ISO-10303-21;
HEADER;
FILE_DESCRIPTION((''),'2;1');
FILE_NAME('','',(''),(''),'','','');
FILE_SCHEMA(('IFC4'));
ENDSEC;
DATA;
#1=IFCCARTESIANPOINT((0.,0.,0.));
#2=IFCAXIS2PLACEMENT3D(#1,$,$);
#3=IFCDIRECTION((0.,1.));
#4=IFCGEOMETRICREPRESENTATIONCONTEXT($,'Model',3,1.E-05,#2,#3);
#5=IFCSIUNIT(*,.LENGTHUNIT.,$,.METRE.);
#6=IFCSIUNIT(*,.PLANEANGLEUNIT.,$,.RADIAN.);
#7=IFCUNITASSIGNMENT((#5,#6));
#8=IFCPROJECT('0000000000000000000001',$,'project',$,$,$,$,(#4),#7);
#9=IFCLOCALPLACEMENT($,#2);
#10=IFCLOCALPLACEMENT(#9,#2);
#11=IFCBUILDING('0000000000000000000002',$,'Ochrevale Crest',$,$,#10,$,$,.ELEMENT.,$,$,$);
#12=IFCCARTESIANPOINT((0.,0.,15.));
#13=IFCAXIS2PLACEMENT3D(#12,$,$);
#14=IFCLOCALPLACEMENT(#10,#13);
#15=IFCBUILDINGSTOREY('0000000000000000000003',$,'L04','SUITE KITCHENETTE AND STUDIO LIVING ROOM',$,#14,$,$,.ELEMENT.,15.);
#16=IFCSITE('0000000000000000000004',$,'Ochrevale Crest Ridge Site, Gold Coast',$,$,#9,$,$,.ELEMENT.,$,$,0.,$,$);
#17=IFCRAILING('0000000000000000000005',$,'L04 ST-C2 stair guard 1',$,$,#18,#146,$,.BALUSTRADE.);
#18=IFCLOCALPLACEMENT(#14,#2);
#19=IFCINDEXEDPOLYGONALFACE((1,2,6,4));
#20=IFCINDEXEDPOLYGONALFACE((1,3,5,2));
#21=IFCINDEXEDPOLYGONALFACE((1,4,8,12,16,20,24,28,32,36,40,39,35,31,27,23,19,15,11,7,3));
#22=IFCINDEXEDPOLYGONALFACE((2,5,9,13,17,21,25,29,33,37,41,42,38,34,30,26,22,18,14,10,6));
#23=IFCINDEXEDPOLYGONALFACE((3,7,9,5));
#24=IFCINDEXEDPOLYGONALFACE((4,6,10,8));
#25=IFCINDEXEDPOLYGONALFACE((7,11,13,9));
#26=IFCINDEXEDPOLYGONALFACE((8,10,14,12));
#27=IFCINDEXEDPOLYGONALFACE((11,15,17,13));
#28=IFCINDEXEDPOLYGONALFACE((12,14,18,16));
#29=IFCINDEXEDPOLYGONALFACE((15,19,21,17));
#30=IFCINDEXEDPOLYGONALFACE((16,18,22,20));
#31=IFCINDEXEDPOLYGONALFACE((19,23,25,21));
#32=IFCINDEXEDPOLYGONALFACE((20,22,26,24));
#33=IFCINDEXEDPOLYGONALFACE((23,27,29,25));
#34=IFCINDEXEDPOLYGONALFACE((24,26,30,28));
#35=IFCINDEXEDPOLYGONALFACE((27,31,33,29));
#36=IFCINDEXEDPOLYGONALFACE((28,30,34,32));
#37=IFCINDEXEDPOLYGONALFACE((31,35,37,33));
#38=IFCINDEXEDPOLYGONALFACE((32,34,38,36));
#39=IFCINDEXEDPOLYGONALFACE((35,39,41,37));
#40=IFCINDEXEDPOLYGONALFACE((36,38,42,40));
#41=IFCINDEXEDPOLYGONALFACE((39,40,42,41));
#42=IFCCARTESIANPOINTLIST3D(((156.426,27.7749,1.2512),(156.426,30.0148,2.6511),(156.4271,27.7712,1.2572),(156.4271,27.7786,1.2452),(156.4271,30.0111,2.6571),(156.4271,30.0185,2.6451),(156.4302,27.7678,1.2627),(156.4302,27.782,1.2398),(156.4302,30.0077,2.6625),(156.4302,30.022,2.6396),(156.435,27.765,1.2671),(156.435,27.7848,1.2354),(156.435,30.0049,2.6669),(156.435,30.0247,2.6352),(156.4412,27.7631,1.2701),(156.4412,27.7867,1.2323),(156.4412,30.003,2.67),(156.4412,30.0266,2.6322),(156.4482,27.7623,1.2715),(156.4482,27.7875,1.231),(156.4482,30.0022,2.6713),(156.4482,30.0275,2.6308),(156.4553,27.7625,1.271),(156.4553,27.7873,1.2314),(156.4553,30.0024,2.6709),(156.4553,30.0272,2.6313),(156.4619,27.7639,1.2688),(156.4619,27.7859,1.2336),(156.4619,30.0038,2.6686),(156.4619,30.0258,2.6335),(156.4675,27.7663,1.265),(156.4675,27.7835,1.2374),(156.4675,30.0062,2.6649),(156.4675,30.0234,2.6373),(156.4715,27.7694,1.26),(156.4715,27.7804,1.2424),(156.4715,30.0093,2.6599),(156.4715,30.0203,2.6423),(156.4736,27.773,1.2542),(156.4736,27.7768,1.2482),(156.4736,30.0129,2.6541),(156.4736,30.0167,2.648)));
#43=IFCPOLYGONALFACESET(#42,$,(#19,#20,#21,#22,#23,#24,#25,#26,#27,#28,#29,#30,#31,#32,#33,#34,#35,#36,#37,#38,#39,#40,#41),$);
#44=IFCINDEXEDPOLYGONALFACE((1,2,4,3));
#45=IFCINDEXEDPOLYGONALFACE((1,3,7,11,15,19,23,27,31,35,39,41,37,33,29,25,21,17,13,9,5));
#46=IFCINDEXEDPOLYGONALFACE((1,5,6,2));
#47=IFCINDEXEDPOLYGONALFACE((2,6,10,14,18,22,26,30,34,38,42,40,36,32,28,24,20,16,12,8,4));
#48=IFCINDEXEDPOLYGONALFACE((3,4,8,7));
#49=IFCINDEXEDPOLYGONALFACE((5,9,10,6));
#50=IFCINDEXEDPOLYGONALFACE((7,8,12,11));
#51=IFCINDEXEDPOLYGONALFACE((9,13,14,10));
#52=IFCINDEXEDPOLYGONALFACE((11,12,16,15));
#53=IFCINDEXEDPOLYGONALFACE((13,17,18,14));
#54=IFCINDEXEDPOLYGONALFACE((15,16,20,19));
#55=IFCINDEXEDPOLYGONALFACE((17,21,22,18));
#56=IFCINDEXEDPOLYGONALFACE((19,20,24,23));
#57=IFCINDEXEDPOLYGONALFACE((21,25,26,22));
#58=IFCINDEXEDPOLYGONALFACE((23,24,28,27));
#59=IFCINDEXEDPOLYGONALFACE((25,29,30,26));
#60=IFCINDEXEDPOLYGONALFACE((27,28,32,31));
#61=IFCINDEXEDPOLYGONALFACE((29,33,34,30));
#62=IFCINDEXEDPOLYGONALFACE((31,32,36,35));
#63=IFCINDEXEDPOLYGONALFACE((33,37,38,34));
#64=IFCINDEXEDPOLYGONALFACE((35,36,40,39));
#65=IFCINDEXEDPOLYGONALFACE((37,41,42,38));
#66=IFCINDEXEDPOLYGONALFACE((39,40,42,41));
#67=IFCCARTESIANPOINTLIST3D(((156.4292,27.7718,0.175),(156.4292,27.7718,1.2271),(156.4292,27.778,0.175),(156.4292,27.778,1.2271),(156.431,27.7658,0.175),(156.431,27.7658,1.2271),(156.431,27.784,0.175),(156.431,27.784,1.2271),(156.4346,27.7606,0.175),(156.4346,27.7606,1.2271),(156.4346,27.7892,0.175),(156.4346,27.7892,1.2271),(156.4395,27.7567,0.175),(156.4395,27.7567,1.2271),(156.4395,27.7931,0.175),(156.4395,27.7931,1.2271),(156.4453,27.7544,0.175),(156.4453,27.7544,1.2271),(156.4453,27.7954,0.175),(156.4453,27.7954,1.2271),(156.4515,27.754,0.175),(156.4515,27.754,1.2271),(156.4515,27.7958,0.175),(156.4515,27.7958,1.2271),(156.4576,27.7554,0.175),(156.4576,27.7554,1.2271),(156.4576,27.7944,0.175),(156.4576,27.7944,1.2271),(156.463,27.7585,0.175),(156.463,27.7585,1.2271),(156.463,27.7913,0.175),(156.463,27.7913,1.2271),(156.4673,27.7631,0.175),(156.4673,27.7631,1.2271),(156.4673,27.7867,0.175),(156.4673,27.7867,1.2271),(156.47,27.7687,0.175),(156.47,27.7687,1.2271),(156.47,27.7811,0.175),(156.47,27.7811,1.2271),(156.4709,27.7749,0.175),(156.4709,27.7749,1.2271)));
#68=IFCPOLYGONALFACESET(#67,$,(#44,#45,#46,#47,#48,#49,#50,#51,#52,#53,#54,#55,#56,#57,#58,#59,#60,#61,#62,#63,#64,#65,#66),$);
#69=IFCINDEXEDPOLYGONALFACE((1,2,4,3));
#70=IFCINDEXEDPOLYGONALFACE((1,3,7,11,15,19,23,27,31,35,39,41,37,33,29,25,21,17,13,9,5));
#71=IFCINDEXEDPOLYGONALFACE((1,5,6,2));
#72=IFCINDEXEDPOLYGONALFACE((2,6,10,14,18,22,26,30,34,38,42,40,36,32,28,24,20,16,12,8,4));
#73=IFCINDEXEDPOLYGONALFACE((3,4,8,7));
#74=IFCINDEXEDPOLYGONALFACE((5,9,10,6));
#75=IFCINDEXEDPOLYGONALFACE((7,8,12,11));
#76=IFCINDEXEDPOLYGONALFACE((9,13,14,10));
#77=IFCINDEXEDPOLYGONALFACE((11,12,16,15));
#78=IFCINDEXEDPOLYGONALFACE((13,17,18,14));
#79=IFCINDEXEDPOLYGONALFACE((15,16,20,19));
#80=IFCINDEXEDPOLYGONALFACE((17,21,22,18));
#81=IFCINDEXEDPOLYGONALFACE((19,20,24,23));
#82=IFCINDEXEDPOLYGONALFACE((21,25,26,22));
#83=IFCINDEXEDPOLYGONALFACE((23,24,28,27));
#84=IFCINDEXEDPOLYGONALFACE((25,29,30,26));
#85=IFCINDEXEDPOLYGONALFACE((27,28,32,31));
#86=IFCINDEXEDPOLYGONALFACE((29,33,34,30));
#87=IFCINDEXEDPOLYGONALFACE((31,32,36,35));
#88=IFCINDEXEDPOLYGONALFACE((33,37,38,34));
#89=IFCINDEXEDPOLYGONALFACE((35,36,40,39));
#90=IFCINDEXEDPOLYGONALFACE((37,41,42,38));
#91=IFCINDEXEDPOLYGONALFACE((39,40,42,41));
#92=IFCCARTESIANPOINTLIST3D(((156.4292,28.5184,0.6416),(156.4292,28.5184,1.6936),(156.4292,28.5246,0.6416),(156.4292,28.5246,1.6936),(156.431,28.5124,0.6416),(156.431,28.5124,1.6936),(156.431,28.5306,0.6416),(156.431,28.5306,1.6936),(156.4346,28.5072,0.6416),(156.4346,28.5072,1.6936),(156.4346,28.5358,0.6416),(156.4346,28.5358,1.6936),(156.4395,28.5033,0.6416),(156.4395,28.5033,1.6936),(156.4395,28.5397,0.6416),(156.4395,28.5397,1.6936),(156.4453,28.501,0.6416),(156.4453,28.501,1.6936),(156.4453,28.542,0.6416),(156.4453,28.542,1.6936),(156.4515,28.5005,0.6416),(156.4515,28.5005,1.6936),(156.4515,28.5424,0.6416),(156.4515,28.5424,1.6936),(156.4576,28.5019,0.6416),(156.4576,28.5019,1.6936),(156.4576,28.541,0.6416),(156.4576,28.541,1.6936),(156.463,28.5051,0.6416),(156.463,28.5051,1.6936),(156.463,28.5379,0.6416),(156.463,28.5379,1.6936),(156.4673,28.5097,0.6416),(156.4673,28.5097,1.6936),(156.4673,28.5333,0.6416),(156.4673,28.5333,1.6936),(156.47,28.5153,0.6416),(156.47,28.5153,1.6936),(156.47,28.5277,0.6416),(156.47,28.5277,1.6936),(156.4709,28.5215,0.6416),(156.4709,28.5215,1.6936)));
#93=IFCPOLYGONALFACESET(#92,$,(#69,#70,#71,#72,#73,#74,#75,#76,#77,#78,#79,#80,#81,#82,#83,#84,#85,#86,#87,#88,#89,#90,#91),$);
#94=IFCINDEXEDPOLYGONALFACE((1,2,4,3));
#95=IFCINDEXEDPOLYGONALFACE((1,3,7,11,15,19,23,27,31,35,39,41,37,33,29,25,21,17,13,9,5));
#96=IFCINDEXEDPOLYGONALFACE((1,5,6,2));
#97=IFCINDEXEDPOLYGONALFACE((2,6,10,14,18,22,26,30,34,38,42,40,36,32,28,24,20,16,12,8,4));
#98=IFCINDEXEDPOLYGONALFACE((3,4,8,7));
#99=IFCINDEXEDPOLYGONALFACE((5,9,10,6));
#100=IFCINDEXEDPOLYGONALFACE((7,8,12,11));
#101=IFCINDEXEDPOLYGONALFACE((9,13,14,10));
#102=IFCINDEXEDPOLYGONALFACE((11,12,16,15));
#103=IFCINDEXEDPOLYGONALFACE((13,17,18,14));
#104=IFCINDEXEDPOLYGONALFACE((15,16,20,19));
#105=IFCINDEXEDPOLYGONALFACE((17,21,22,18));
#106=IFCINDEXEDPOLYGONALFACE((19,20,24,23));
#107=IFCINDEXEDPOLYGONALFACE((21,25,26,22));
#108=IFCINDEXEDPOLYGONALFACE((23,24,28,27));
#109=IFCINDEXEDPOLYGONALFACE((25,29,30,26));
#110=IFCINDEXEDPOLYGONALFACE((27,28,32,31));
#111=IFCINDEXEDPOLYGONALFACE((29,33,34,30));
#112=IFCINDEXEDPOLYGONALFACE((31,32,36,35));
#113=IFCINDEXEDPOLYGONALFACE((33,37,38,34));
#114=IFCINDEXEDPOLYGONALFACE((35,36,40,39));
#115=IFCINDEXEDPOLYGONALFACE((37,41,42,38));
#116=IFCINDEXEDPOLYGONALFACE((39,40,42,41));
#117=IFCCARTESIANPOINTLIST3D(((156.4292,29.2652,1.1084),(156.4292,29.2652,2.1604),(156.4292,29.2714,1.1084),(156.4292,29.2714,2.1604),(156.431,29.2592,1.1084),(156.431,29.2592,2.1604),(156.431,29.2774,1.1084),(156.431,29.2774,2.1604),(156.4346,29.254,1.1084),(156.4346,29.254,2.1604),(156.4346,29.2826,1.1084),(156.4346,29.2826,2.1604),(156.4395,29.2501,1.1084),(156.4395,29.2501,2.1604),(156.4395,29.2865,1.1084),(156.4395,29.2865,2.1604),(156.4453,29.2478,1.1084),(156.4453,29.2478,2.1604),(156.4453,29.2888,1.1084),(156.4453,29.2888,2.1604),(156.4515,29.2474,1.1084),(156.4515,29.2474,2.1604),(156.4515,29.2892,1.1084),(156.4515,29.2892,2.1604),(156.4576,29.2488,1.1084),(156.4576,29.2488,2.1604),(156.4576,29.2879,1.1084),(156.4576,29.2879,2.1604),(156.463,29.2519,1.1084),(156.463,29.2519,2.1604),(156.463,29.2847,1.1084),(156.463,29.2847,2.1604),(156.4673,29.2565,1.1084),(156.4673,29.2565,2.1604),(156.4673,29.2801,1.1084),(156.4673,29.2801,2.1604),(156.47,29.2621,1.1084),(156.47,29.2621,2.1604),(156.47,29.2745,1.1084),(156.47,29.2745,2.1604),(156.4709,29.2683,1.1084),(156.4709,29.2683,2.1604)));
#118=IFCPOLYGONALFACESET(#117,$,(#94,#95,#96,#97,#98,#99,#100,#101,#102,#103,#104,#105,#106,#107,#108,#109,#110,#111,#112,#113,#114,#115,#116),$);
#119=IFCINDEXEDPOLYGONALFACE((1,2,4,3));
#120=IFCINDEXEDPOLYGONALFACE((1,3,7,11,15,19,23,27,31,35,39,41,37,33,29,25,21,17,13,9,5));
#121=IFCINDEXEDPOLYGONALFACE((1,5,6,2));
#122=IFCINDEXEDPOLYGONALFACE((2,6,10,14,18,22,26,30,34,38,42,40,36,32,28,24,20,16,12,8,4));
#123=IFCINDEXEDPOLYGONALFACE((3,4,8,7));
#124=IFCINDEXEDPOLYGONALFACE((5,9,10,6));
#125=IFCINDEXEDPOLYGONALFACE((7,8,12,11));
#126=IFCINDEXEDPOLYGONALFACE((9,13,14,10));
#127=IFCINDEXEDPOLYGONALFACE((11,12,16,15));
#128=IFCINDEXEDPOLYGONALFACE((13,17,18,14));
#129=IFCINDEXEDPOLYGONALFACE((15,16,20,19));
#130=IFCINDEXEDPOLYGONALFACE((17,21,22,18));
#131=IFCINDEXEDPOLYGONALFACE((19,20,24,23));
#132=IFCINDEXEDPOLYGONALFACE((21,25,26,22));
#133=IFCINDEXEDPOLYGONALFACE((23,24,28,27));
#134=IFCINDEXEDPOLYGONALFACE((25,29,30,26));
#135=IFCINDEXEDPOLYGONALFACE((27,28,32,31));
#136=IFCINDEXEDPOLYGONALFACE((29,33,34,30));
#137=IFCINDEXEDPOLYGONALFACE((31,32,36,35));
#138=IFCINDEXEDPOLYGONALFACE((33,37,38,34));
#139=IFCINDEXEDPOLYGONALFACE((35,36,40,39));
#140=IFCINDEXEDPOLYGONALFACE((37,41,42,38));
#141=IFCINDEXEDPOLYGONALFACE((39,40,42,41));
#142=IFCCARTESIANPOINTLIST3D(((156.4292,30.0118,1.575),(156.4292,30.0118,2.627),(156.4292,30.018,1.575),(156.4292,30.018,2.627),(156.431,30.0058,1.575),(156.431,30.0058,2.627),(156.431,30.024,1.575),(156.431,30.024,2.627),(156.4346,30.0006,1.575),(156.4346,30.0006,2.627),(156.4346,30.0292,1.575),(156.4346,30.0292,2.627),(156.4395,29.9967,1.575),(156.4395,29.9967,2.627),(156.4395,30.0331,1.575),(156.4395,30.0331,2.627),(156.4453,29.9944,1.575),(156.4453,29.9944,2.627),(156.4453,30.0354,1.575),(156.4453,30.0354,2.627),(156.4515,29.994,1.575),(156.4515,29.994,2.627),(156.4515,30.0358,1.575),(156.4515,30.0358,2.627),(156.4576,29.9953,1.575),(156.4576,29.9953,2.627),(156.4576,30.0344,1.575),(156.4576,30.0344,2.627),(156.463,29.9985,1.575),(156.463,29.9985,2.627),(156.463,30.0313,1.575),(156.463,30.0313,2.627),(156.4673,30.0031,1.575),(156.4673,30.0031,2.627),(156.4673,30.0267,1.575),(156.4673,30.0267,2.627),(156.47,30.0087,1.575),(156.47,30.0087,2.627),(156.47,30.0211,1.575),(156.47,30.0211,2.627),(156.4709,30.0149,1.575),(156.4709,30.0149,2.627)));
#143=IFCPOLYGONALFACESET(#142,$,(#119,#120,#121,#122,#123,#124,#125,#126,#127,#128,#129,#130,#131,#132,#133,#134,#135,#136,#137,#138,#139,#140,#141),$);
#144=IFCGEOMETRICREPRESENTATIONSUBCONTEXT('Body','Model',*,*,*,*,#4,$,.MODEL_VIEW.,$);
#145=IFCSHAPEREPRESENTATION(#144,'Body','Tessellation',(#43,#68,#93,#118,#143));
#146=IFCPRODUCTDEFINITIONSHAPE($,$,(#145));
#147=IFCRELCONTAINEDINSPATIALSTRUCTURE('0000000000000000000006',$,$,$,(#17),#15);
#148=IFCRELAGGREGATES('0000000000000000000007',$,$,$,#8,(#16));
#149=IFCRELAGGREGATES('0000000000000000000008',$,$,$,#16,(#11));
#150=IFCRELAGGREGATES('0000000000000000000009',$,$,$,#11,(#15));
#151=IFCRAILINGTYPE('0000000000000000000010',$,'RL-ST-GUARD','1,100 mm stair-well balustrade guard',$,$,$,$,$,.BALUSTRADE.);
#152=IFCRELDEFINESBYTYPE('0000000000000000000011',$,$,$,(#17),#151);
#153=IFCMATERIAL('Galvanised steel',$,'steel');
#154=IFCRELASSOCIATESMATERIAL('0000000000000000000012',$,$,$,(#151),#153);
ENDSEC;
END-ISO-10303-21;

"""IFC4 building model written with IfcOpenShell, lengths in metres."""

from ifc_helpers import new_model, si_unit, direction, frame, origin, origin_2d, place, context, subcontext, project, spatial, circle, extrude, material, type_object, element, save


model = new_model("IFC4")

# Units and contexts
model_context = context("Model", 3, precision=1e-05, world=origin(), true_north=direction((0.0, 1.0)))
body_context = subcontext(model_context, "Body", "Model", "MODEL_VIEW")
ifc_project = project(units=[si_unit("LENGTHUNIT", "METRE"), si_unit("PLANEANGLEUNIT", "RADIAN")], contexts=[model_context])

# Site, building, storey
site_placement = place(None, origin())
site = spatial("IfcSite", under=ifc_project, at=site_placement, Name="Ochrevale Crest Ridge Site, Gold Coast", CompositionType="ELEMENT", RefElevation=0.0)
building_placement = place(site_placement, origin())
building = spatial("IfcBuilding", under=site, at=building_placement, Name="Ochrevale Crest", CompositionType="ELEMENT")
storey_placement = place(building_placement, frame((0.0, 0.0, 15.0)))
storey = spatial("IfcBuildingStorey", under=building, at=storey_placement, Name="L04", Description="SUITE KITCHENETTE AND STUDIO LIVING ROOM", CompositionType="ELEMENT", Elevation=15.0)

# Railing
ifc_material_1 = material(Name="Galvanised steel", Category="steel")
railing_type_1 = type_object("IfcRailingType", Name="RL-ST-GUARD", Description="1,100 mm stair-well balustrade guard", PredefinedType="BALUSTRADE", material=ifc_material_1)
railing_1_placement = place(storey_placement, frame((156.45, 27.7749, 0.175)))
element("IfcRailing", 1, at=railing_1_placement, inside=storey, type_object=railing_type_1, Name="L04 ST-C2 stair guard 1", PredefinedType="BALUSTRADE", context=body_context, shape_type="SweptSolid", body=[
    extrude(circle(Radius=0.0239, at=origin_2d()), frame((0.0, 0.0, 1.0762), z_axis=(0.0, 0.848014, 0.529974), x_axis=(-1.0, 0.0, 0.0)), (0.0, 0.0, 1.0), 2.6414),
    extrude(circle(Radius=0.021, at=origin_2d()), origin(), (0.0, 0.0, 1.0), 1.052),
    extrude(circle(Radius=0.021, at=origin_2d()), frame((0.0, 0.7466, 0.4666)), (0.0, 0.0, 1.0), 1.052),
    extrude(circle(Radius=0.021, at=origin_2d()), frame((0.0, 1.4934, 0.9333)), (0.0, 0.0, 1.0), 1.052),
    extrude(circle(Radius=0.021, at=origin_2d()), frame((0.0, 2.24, 1.3999)), (0.0, 0.0, 1.0), 1.052),
])

save(model, "model.ifc")
